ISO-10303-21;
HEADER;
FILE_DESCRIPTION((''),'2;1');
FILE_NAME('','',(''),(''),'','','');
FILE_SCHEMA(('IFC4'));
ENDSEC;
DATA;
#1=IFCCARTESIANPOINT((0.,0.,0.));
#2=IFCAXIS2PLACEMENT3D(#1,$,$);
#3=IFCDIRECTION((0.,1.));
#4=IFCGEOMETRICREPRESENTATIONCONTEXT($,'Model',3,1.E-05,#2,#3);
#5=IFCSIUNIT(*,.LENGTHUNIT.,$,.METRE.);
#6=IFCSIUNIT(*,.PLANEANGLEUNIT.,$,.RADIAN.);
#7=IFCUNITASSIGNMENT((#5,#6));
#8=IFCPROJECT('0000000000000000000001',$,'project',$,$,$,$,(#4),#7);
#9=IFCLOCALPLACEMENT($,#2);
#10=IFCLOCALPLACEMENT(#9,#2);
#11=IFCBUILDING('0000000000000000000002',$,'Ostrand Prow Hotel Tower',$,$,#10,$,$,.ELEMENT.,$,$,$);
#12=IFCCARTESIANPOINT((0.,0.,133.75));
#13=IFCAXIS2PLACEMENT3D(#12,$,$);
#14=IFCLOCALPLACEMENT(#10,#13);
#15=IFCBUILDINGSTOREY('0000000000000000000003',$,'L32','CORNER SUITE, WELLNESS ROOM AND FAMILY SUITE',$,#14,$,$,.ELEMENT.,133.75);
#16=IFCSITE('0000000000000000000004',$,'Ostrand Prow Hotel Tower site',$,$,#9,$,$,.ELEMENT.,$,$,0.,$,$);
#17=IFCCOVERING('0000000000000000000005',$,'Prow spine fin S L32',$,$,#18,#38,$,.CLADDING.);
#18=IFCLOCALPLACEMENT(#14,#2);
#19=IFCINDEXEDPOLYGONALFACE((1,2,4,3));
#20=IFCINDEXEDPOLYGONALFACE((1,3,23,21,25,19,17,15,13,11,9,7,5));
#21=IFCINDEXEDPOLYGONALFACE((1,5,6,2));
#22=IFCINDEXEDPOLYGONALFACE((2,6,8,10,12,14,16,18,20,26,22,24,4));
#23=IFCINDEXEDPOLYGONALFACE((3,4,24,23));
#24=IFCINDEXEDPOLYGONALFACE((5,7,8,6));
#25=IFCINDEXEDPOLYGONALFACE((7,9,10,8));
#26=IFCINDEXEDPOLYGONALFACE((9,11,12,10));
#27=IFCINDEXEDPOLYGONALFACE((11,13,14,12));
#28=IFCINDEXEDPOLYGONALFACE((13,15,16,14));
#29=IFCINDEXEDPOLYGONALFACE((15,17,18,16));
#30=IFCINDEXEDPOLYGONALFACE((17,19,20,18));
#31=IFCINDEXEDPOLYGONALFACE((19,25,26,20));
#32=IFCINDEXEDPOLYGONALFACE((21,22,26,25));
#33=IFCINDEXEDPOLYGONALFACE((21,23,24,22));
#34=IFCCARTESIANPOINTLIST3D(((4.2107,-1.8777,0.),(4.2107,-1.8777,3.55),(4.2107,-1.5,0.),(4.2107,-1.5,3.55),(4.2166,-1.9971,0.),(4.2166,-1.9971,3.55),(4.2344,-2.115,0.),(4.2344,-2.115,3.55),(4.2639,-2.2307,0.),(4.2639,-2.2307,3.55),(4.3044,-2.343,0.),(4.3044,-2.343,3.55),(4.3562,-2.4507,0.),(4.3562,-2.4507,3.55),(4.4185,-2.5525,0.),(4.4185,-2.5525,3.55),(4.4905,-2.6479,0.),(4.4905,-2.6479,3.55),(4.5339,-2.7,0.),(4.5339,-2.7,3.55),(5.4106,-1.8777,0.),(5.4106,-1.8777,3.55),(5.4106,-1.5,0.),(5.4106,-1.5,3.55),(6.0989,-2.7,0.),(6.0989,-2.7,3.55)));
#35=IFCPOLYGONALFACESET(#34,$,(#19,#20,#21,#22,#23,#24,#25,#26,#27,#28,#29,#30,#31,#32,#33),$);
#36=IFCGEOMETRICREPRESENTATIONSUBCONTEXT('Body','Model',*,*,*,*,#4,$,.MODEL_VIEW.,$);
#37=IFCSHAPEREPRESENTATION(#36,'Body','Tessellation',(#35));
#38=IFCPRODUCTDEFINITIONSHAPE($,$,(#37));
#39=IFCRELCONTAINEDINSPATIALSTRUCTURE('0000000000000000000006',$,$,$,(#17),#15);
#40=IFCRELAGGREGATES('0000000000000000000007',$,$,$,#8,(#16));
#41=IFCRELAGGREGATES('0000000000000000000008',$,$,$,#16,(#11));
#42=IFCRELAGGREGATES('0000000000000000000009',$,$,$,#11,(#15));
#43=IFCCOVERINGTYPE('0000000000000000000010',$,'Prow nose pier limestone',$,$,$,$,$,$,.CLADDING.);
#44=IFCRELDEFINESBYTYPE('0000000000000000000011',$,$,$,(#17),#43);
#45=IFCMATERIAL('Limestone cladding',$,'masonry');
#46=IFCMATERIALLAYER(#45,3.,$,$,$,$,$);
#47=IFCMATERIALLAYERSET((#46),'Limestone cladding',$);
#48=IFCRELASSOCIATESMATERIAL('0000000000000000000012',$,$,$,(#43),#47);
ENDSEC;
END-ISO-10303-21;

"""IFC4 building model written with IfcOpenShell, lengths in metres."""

from ifc_helpers import new_model, si_unit, direction, frame, origin, place, context, subcontext, project, spatial, polyline, outline, extrude, material, layer, layer_set, type_object, element, save


model = new_model("IFC4")

# Units and contexts
model_context = context("Model", 3, precision=1e-05, world=origin(), true_north=direction((0.0, 1.0)))
body_context = subcontext(model_context, "Body", "Model", "MODEL_VIEW")
ifc_project = project(units=[si_unit("LENGTHUNIT", "METRE"), si_unit("PLANEANGLEUNIT", "RADIAN")], contexts=[model_context])

# Site, building, storey
site_placement = place(None, origin())
site = spatial("IfcSite", under=ifc_project, at=site_placement, Name="Ostrand Prow Hotel Tower site", CompositionType="ELEMENT", RefElevation=0.0)
building_placement = place(site_placement, origin())
building = spatial("IfcBuilding", under=site, at=building_placement, Name="Ostrand Prow Hotel Tower", CompositionType="ELEMENT")
storey_placement = place(building_placement, frame((0.0, 0.0, 133.75)))
storey = spatial("IfcBuildingStorey", under=building, at=storey_placement, Name="L32", Description="CORNER SUITE, WELLNESS ROOM AND FAMILY SUITE", CompositionType="ELEMENT", Elevation=133.75)

# Covering
ifc_material_1 = material(Name="Limestone cladding", Category="masonry")
ifc_layer_1 = layer(ifc_material_1, 3.0)
ifc_layer_set_1 = layer_set([ifc_layer_1], Name="Limestone cladding")
covering_type_1 = type_object("IfcCoveringType", Name="Prow nose pier limestone", PredefinedType="CLADDING", material=ifc_layer_set_1)
covering_1_placement = place(storey_placement, origin())
element("IfcCovering", 1, at=covering_1_placement, inside=storey, type_object=covering_type_1, Name="Prow spine fin S L32", PredefinedType="CLADDING", context=body_context, shape_type="SweptSolid", body=[
    extrude(outline(polyline([(4.4905, -2.6479), (4.5339, -2.7), (6.0989, -2.7), (5.4106, -1.8777), (5.4106, -1.5), (4.2107, -1.5), (4.2107, -1.8777), (4.2166, -1.9971), (4.2344, -2.115), (4.2639, -2.2307), (4.3044, -2.343), (4.3562, -2.4507), (4.4185, -2.5525), (4.4905, -2.6479)])), origin(), (0.0, 0.0, 1.0), 3.55),
])

save(model, "model.ifc")
